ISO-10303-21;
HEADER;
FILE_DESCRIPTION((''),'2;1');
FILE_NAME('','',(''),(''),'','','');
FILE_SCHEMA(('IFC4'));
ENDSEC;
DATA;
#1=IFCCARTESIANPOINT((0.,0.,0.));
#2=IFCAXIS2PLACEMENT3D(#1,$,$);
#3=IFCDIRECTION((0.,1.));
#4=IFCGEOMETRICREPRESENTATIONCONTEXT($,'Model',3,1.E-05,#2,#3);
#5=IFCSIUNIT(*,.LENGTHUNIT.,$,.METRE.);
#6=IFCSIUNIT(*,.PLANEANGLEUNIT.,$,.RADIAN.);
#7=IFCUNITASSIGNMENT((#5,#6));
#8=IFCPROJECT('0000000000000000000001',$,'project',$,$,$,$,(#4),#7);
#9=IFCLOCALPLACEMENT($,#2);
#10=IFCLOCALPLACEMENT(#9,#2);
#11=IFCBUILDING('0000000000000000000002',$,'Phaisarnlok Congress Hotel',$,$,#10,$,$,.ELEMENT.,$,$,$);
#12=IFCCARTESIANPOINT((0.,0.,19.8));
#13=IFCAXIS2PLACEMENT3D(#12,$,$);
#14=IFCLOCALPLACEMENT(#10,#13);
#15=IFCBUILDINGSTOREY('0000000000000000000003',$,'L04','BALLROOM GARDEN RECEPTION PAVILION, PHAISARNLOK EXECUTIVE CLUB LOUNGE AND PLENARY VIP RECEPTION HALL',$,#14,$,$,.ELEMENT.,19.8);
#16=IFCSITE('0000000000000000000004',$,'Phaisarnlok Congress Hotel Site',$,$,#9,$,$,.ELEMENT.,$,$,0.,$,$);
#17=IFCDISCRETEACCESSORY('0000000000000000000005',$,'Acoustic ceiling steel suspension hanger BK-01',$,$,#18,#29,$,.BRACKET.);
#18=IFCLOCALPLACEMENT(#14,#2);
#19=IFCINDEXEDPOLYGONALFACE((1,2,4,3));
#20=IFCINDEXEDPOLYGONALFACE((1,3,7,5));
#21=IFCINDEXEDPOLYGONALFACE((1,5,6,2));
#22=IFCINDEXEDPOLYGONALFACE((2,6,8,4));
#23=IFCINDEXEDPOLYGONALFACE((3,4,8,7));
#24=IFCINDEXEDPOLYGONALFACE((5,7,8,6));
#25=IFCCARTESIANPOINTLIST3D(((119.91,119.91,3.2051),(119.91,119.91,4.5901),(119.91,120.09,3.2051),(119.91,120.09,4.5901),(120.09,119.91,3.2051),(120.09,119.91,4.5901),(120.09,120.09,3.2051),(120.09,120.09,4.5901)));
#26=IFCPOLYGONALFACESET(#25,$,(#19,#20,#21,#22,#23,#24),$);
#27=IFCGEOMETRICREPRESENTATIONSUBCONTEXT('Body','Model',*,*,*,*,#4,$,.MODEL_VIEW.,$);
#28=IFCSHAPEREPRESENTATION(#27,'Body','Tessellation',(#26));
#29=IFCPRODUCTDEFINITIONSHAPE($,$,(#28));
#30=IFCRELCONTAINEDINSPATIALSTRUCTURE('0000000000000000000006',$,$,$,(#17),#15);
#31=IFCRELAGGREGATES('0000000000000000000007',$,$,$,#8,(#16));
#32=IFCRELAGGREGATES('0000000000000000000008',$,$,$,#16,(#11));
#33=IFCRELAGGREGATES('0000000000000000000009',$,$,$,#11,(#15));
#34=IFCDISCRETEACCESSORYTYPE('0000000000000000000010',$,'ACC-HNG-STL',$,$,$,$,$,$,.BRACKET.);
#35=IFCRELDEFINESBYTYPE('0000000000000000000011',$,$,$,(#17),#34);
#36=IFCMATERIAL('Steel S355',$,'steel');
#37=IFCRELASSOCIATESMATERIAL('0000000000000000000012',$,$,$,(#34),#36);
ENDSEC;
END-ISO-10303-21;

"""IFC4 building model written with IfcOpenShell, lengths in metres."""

from ifc_helpers import new_model, si_unit, direction, frame, origin, origin_2d, place, context, subcontext, project, spatial, rectangle, extrude, material, type_object, element, save


model = new_model("IFC4")

# Units and contexts
model_context = context("Model", 3, precision=1e-05, world=origin(), true_north=direction((0.0, 1.0)))
body_context = subcontext(model_context, "Body", "Model", "MODEL_VIEW")
ifc_project = project(units=[si_unit("LENGTHUNIT", "METRE"), si_unit("PLANEANGLEUNIT", "RADIAN")], contexts=[model_context])

# Site, building, storey
site_placement = place(None, origin())
site = spatial("IfcSite", under=ifc_project, at=site_placement, Name="Phaisarnlok Congress Hotel Site", CompositionType="ELEMENT", RefElevation=0.0)
building_placement = place(site_placement, origin())
building = spatial("IfcBuilding", under=site, at=building_placement, Name="Phaisarnlok Congress Hotel", CompositionType="ELEMENT")
storey_placement = place(building_placement, frame((0.0, 0.0, 19.8)))
storey = spatial("IfcBuildingStorey", under=building, at=storey_placement, Name="L04", Description="BALLROOM GARDEN RECEPTION PAVILION, PHAISARNLOK EXECUTIVE CLUB LOUNGE AND PLENARY VIP RECEPTION HALL", CompositionType="ELEMENT", Elevation=19.8)

# Discrete accessory
ifc_material_1 = material(Name="Steel S355", Category="steel")
discrete_accessory_type = type_object("IfcDiscreteAccessoryType", Name="ACC-HNG-STL", PredefinedType="BRACKET", material=ifc_material_1)
discrete_accessory_placement = place(storey_placement, frame((120.0, 120.0, 3.2051), z_axis=(0.0, 0.0, 1.0), x_axis=(1.0, 0.0, 0.0)))
element("IfcDiscreteAccessory", 1, at=discrete_accessory_placement, inside=storey, type_object=discrete_accessory_type, Name="Acoustic ceiling steel suspension hanger BK-01", PredefinedType="BRACKET", context=body_context, shape_type="SweptSolid", body=[
    extrude(rectangle(XDim=0.1799, YDim=0.1799, at=origin_2d()), origin(), (0.0, 0.0, 1.0), 1.385),
])

save(model, "model.ifc")
